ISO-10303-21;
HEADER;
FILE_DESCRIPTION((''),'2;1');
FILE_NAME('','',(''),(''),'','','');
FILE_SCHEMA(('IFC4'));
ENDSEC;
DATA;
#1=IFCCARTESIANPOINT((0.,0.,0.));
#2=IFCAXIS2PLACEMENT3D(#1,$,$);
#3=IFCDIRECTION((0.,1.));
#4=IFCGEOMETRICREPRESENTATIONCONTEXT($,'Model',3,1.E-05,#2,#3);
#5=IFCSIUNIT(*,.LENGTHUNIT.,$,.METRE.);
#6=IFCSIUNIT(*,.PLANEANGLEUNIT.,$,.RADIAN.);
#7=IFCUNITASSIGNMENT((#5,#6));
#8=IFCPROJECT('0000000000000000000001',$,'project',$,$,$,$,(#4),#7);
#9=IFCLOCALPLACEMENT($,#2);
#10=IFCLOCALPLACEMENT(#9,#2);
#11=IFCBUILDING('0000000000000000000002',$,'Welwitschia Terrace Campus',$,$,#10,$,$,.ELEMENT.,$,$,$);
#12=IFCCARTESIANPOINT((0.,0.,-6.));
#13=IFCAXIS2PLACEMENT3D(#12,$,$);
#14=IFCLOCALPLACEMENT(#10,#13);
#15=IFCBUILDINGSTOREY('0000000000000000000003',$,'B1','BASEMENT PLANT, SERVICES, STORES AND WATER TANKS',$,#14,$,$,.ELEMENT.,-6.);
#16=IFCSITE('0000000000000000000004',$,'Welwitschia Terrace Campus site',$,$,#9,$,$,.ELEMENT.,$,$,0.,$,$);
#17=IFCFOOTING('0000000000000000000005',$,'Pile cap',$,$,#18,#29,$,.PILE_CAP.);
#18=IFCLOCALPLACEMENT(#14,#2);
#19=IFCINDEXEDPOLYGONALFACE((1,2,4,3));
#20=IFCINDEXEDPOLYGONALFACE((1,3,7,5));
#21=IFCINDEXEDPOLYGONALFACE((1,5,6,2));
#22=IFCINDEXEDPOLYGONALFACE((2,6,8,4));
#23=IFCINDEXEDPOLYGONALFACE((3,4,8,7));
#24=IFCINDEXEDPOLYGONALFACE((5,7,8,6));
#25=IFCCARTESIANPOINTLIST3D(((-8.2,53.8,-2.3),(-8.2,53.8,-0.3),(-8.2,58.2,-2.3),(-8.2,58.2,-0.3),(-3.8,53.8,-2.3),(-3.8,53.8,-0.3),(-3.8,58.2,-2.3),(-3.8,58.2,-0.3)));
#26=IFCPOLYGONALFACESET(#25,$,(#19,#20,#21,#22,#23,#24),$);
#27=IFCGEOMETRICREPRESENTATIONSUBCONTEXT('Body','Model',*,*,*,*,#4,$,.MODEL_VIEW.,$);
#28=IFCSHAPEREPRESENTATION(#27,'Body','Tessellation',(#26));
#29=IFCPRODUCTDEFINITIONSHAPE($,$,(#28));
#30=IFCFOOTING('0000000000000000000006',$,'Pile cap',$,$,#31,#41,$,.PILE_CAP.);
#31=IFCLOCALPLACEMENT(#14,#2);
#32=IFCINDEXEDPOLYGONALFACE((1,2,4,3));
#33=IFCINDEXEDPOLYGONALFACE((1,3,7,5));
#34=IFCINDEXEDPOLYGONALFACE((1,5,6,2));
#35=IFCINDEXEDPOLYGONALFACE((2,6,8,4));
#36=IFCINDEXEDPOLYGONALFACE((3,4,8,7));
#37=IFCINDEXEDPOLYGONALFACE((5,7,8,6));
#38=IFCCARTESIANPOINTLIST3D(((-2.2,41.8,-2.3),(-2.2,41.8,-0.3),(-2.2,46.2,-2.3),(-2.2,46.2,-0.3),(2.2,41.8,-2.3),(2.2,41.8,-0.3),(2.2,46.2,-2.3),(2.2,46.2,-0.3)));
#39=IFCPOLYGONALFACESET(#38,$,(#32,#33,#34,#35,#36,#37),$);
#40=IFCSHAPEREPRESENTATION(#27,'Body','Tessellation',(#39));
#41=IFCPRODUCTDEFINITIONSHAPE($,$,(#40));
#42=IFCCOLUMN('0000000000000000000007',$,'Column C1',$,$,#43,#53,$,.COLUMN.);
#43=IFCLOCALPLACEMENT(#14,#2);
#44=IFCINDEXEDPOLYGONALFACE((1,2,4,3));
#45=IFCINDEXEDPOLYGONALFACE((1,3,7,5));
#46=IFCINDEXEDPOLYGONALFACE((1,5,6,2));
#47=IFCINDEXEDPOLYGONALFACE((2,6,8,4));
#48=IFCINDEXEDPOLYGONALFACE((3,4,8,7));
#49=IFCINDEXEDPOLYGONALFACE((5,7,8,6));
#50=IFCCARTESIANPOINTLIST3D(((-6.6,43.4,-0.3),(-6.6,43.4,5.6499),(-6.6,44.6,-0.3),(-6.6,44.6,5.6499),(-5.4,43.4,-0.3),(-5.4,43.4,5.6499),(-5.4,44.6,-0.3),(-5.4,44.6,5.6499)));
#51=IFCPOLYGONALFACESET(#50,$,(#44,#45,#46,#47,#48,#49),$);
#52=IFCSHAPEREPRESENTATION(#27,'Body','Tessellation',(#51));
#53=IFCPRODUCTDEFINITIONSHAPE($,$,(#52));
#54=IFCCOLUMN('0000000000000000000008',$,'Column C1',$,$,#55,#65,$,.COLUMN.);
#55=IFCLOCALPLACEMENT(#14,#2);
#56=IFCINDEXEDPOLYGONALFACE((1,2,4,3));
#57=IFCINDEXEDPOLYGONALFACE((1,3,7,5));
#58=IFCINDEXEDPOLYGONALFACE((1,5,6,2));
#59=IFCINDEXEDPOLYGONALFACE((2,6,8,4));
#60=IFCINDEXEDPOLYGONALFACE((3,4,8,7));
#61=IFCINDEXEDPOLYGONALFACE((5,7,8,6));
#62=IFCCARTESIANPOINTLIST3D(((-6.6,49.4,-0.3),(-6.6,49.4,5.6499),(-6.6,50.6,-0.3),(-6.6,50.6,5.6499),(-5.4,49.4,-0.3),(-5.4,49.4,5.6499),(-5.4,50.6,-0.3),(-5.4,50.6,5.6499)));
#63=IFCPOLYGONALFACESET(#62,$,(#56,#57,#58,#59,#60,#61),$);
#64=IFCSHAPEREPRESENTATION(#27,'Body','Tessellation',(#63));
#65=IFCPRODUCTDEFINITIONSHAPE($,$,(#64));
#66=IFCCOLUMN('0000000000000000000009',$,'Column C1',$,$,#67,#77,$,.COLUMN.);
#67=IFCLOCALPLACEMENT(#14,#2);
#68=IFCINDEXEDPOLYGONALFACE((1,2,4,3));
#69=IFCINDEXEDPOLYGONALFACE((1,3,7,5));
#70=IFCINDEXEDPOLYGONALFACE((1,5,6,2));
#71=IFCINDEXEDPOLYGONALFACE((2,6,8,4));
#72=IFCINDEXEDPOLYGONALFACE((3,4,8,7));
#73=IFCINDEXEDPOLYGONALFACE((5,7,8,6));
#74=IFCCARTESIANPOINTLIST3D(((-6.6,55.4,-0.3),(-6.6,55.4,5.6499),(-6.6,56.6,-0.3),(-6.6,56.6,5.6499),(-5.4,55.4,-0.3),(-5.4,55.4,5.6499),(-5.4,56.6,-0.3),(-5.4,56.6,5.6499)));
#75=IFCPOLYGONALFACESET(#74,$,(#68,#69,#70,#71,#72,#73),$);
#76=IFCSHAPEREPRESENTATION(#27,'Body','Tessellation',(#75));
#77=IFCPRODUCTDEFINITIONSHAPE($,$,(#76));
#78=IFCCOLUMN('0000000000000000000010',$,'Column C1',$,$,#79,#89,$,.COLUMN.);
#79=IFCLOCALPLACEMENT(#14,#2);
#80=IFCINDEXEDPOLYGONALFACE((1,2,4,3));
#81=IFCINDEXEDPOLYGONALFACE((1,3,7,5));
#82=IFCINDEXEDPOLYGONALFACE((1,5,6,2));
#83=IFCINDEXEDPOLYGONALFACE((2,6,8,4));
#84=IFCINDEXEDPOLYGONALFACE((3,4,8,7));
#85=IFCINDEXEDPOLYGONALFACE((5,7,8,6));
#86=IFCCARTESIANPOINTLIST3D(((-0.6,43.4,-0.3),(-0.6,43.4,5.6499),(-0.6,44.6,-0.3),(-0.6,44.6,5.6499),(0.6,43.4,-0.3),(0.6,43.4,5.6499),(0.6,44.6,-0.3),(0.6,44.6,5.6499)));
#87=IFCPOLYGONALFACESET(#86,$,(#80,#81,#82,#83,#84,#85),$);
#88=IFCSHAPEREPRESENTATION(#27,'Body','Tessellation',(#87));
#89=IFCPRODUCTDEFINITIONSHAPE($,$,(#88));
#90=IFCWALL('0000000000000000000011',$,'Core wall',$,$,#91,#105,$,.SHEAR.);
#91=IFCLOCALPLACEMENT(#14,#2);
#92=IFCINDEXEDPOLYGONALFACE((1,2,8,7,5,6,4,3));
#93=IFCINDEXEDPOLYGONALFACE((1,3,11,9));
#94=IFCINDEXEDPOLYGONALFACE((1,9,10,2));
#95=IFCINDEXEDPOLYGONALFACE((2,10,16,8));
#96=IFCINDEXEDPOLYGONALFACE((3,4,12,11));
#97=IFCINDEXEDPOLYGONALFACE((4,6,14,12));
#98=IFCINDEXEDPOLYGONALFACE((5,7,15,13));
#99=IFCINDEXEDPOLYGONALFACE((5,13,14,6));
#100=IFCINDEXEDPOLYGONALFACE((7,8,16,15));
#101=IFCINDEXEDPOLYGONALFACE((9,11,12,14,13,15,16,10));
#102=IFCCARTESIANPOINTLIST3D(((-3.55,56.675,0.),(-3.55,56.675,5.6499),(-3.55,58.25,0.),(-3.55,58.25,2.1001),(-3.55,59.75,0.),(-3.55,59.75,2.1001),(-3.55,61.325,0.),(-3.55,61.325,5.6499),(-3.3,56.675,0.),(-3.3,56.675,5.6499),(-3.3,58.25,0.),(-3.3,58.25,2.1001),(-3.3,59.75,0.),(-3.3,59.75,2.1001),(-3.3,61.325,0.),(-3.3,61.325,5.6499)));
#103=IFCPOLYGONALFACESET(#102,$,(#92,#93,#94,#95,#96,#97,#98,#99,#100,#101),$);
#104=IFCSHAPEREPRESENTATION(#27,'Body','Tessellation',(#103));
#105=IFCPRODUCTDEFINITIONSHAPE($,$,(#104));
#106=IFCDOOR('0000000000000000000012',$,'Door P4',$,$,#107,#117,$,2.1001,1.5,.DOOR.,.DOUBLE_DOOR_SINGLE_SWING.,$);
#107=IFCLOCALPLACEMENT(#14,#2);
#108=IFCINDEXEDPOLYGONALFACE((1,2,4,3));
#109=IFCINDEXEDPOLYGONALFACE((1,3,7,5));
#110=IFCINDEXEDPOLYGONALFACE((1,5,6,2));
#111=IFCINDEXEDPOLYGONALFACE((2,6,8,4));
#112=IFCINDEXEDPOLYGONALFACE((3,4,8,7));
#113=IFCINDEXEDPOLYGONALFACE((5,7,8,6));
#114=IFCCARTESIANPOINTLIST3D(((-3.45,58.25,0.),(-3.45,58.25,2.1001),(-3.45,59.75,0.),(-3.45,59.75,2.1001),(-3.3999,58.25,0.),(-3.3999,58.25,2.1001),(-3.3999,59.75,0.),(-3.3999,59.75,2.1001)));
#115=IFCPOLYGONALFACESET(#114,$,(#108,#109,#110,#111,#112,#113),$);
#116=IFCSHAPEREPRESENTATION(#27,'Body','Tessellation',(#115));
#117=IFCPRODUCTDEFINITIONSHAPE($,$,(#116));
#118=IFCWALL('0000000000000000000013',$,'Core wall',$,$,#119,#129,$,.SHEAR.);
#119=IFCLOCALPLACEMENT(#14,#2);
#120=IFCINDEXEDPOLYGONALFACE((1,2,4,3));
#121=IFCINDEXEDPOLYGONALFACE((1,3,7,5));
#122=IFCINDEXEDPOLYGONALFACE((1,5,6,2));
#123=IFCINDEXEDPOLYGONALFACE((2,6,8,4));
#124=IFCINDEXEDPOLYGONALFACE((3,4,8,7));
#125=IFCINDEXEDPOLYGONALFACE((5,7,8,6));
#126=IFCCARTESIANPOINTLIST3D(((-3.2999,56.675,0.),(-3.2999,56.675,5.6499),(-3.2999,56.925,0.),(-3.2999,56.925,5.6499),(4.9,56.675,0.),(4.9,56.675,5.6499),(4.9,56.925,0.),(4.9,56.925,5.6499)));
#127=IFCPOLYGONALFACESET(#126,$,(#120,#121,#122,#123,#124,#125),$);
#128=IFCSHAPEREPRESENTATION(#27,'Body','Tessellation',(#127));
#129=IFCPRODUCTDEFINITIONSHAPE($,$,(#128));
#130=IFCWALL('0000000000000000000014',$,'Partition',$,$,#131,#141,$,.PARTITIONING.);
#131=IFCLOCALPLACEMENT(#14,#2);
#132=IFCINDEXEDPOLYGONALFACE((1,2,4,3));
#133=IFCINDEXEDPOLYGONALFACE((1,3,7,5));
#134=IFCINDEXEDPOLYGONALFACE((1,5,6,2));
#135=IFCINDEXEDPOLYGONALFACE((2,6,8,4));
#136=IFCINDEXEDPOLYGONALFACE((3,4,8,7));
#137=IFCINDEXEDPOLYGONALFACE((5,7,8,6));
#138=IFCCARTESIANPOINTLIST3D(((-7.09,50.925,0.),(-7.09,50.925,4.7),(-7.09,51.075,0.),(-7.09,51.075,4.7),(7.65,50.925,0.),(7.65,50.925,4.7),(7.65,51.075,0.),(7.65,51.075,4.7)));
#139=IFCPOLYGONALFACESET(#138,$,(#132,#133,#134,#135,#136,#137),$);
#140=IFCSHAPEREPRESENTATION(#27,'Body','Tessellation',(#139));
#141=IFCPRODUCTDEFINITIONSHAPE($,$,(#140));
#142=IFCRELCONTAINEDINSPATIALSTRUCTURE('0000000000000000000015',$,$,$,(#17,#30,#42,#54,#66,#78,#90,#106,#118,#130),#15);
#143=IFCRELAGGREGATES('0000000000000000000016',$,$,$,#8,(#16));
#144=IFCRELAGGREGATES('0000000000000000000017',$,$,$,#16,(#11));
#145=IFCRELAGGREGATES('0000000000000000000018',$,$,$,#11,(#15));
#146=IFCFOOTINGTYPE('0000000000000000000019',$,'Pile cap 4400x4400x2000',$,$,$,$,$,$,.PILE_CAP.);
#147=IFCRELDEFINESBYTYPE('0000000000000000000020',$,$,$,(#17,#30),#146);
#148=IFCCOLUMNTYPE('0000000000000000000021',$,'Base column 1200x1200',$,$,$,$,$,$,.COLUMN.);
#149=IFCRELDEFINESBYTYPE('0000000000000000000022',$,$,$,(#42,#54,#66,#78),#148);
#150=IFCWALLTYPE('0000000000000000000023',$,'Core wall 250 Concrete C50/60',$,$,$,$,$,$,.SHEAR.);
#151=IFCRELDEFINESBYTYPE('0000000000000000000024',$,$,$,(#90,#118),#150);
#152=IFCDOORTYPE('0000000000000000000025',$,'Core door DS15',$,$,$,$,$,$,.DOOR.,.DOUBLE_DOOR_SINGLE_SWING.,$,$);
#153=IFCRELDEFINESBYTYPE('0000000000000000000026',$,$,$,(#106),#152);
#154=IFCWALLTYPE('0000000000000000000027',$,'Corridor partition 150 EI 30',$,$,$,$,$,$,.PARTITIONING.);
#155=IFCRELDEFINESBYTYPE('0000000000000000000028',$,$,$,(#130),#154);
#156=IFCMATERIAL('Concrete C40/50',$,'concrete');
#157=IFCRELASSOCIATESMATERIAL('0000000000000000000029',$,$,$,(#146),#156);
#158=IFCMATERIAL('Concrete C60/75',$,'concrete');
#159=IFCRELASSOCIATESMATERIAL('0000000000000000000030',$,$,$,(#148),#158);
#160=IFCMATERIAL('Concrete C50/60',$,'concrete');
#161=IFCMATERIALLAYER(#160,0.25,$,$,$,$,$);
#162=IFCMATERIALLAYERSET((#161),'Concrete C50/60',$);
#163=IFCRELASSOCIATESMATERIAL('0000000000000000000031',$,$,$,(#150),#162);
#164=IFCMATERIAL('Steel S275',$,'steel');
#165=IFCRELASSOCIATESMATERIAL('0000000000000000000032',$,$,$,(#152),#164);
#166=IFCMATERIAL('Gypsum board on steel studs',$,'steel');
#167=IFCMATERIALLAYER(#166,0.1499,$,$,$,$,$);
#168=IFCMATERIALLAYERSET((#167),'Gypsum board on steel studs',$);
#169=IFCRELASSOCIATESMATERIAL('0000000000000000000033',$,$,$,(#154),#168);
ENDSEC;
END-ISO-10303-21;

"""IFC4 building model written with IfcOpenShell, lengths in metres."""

from ifc_helpers import new_model, si_unit, direction, frame, frame_2d, origin, origin_2d, place, context, subcontext, project, spatial, rectangle, extrude, material, layer, layer_set, material_profile, profile_set, type_object, element, fill, save


model = new_model("IFC4")

# Units and contexts
model_context = context("Model", 3, precision=1e-05, world=origin(), true_north=direction((0.0, 1.0)))
body_context = subcontext(model_context, "Body", "Model", "MODEL_VIEW")
ifc_project = project(units=[si_unit("LENGTHUNIT", "METRE"), si_unit("PLANEANGLEUNIT", "RADIAN")], contexts=[model_context])

# Site, building, storey
site_placement = place(None, origin())
site = spatial("IfcSite", under=ifc_project, at=site_placement, Name="Welwitschia Terrace Campus site", CompositionType="ELEMENT", RefElevation=0.0)
building_placement = place(site_placement, origin())
building = spatial("IfcBuilding", under=site, at=building_placement, Name="Welwitschia Terrace Campus", CompositionType="ELEMENT")
storey_placement = place(building_placement, frame((0.0, 0.0, -6.0)))
storey = spatial("IfcBuildingStorey", under=building, at=storey_placement, Name="B1", Description="BASEMENT PLANT, SERVICES, STORES AND WATER TANKS", CompositionType="ELEMENT", Elevation=-6.0)

# Footings
ifc_material_1 = material(Name="Concrete C40/50", Category="concrete")
footing_type = type_object("IfcFootingType", Name="Pile cap 4400x4400x2000", PredefinedType="PILE_CAP", material=ifc_material_1)
for number, where, z_axis, x_axis, name in (
    (1, (-6.0, 56.0, -2.3), (0.0, 0.0, 1.0), (1.0, 0.0, 0.0), "Pile cap"),
    (2, (0.0, 44.0, -2.3), (0.0, 0.0, 1.0), (1.0, 0.0, 0.0), "Pile cap"),
):
    element("IfcFooting", number, at=place(storey_placement, frame(where, z_axis=z_axis, x_axis=x_axis)), inside=storey, type_object=footing_type, Name=name, PredefinedType="PILE_CAP", context=body_context, shape_type="SweptSolid", body=[
        extrude(rectangle(XDim=4.3999, YDim=4.3999, at=origin_2d()), origin(), (0.0, 0.0, 1.0), 2.0),
    ])

# Columns
ifc_material_2 = material(Name="Concrete C60/75", Category="concrete")
ifc_material_profile = material_profile(ifc_material_2, rectangle(XDim=1.2, YDim=1.2, at=origin_2d()))
ifc_profile_set = profile_set([ifc_material_profile], Name="Concrete C60/75")
column_type = type_object("IfcColumnType", Name="Base column 1200x1200", PredefinedType="COLUMN", material=ifc_profile_set)
for number, where, z_axis, x_axis, name in (
    (3, (-6.0, 44.0, -0.3), (0.0, 0.0, 1.0), (1.0, 0.0, 0.0), "Column C1"),
    (4, (-6.0, 50.0, -0.3), (0.0, 0.0, 1.0), (1.0, 0.0, 0.0), "Column C1"),
    (5, (-6.0, 56.0, -0.3), (0.0, 0.0, 1.0), (1.0, 0.0, 0.0), "Column C1"),
    (6, (0.0, 44.0, -0.3), (0.0, 0.0, 1.0), (1.0, 0.0, 0.0), "Column C1"),
):
    element("IfcColumn", number, at=place(storey_placement, frame(where, z_axis=z_axis, x_axis=x_axis)), inside=storey, type_object=column_type, Name=name, PredefinedType="COLUMN", context=body_context, shape_type="SweptSolid", body=[
        extrude(rectangle(XDim=1.2, YDim=1.2, at=origin_2d()), origin(), (0.0, 0.0, 1.0), 5.95),
    ])

# Wall, opening, door
ifc_material_3 = material(Name="Concrete C50/60", Category="concrete")
ifc_layer_1 = layer(ifc_material_3, 0.25)
ifc_layer_set_1 = layer_set([ifc_layer_1], Name="Concrete C50/60")
wall_type_1 = type_object("IfcWallType", Name="Core wall 250 Concrete C50/60", PredefinedType="SHEAR", material=ifc_layer_set_1)
wall_1_placement = place(storey_placement, frame((-3.425, 56.675, 0.0), z_axis=(0.0, 0.0, 1.0), x_axis=(0.0, 1.0, 0.0)))
wall_1 = element("IfcWall", 7, at=wall_1_placement, inside=storey, type_object=wall_type_1, Name="Core wall", PredefinedType="SHEAR", context=body_context, shape_type="SweptSolid", body=[
    extrude(rectangle(XDim=4.6499, YDim=0.25, at=frame_2d((2.325, 0.0))), origin(), (0.0, 0.0, 1.0), 5.6499),
])
opening_placement = place(wall_1_placement, frame((1.575, 0.0, 0.0)))
opening = element("IfcOpeningElement", 8, at=opening_placement, cuts=wall_1, PredefinedType="OPENING", context=body_context, shape_type="SweptSolid", body=[
    extrude(rectangle(XDim=1.5, YDim=2.1001, at=frame_2d((0.75, 1.05))), frame((0.0, 0.135, 0.0), z_axis=(0.0, -1.0, 0.0), x_axis=(1.0, 0.0, 0.0)), (0.0, 0.0, 1.0), 0.27),
])
ifc_material_4 = material(Name="Steel S275", Category="steel")
door_type = type_object("IfcDoorType", Name="Core door DS15", OperationType="DOUBLE_DOOR_SINGLE_SWING", PredefinedType="DOOR", material=ifc_material_4)
door_placement = place(opening_placement, origin())
door = element("IfcDoor", 9, at=door_placement, inside=storey, type_object=door_type, Name="Door P4", OperationType="DOUBLE_DOOR_SINGLE_SWING", OverallHeight=2.1001, OverallWidth=1.5, PredefinedType="DOOR", context=body_context, shape_type="SweptSolid", body=[
    extrude(rectangle(XDim=1.5, YDim=2.1001, at=frame_2d((0.75, 1.05))), frame((0.0, 0.0249, 0.0), z_axis=(0.0, -1.0, 0.0), x_axis=(1.0, 0.0, 0.0)), (0.0, 0.0, 1.0), 0.05),
])
fill(opening, door)

# Walls
wall_2_placement = place(storey_placement, frame((-3.3, 56.8, 0.0), z_axis=(0.0, 0.0, 1.0), x_axis=(1.0, 0.0, 0.0)))
element("IfcWall", 10, at=wall_2_placement, inside=storey, type_object=wall_type_1, Name="Core wall", PredefinedType="SHEAR", context=body_context, shape_type="SweptSolid", body=[
    extrude(rectangle(XDim=8.2, YDim=0.25, at=frame_2d((4.1001, 0.0))), origin(), (0.0, 0.0, 1.0), 5.6499),
])
ifc_material_5 = material(Name="Gypsum board on steel studs", Category="steel")
ifc_layer_2 = layer(ifc_material_5, 0.1499)
ifc_layer_set_2 = layer_set([ifc_layer_2], Name="Gypsum board on steel studs")
wall_type_2 = type_object("IfcWallType", Name="Corridor partition 150 EI 30", PredefinedType="PARTITIONING", material=ifc_layer_set_2)
wall_3_placement = place(storey_placement, frame((-7.0901, 51.0, 0.0), z_axis=(0.0, 0.0, 1.0), x_axis=(1.0, 0.0, 0.0)))
element("IfcWall", 11, at=wall_3_placement, inside=storey, type_object=wall_type_2, Name="Partition", PredefinedType="PARTITIONING", context=body_context, shape_type="SweptSolid", body=[
    extrude(rectangle(XDim=14.74, YDim=0.1499, at=frame_2d((7.3701, 0.0))), origin(), (0.0, 0.0, 1.0), 4.7),
])

save(model, "model.ifc")
